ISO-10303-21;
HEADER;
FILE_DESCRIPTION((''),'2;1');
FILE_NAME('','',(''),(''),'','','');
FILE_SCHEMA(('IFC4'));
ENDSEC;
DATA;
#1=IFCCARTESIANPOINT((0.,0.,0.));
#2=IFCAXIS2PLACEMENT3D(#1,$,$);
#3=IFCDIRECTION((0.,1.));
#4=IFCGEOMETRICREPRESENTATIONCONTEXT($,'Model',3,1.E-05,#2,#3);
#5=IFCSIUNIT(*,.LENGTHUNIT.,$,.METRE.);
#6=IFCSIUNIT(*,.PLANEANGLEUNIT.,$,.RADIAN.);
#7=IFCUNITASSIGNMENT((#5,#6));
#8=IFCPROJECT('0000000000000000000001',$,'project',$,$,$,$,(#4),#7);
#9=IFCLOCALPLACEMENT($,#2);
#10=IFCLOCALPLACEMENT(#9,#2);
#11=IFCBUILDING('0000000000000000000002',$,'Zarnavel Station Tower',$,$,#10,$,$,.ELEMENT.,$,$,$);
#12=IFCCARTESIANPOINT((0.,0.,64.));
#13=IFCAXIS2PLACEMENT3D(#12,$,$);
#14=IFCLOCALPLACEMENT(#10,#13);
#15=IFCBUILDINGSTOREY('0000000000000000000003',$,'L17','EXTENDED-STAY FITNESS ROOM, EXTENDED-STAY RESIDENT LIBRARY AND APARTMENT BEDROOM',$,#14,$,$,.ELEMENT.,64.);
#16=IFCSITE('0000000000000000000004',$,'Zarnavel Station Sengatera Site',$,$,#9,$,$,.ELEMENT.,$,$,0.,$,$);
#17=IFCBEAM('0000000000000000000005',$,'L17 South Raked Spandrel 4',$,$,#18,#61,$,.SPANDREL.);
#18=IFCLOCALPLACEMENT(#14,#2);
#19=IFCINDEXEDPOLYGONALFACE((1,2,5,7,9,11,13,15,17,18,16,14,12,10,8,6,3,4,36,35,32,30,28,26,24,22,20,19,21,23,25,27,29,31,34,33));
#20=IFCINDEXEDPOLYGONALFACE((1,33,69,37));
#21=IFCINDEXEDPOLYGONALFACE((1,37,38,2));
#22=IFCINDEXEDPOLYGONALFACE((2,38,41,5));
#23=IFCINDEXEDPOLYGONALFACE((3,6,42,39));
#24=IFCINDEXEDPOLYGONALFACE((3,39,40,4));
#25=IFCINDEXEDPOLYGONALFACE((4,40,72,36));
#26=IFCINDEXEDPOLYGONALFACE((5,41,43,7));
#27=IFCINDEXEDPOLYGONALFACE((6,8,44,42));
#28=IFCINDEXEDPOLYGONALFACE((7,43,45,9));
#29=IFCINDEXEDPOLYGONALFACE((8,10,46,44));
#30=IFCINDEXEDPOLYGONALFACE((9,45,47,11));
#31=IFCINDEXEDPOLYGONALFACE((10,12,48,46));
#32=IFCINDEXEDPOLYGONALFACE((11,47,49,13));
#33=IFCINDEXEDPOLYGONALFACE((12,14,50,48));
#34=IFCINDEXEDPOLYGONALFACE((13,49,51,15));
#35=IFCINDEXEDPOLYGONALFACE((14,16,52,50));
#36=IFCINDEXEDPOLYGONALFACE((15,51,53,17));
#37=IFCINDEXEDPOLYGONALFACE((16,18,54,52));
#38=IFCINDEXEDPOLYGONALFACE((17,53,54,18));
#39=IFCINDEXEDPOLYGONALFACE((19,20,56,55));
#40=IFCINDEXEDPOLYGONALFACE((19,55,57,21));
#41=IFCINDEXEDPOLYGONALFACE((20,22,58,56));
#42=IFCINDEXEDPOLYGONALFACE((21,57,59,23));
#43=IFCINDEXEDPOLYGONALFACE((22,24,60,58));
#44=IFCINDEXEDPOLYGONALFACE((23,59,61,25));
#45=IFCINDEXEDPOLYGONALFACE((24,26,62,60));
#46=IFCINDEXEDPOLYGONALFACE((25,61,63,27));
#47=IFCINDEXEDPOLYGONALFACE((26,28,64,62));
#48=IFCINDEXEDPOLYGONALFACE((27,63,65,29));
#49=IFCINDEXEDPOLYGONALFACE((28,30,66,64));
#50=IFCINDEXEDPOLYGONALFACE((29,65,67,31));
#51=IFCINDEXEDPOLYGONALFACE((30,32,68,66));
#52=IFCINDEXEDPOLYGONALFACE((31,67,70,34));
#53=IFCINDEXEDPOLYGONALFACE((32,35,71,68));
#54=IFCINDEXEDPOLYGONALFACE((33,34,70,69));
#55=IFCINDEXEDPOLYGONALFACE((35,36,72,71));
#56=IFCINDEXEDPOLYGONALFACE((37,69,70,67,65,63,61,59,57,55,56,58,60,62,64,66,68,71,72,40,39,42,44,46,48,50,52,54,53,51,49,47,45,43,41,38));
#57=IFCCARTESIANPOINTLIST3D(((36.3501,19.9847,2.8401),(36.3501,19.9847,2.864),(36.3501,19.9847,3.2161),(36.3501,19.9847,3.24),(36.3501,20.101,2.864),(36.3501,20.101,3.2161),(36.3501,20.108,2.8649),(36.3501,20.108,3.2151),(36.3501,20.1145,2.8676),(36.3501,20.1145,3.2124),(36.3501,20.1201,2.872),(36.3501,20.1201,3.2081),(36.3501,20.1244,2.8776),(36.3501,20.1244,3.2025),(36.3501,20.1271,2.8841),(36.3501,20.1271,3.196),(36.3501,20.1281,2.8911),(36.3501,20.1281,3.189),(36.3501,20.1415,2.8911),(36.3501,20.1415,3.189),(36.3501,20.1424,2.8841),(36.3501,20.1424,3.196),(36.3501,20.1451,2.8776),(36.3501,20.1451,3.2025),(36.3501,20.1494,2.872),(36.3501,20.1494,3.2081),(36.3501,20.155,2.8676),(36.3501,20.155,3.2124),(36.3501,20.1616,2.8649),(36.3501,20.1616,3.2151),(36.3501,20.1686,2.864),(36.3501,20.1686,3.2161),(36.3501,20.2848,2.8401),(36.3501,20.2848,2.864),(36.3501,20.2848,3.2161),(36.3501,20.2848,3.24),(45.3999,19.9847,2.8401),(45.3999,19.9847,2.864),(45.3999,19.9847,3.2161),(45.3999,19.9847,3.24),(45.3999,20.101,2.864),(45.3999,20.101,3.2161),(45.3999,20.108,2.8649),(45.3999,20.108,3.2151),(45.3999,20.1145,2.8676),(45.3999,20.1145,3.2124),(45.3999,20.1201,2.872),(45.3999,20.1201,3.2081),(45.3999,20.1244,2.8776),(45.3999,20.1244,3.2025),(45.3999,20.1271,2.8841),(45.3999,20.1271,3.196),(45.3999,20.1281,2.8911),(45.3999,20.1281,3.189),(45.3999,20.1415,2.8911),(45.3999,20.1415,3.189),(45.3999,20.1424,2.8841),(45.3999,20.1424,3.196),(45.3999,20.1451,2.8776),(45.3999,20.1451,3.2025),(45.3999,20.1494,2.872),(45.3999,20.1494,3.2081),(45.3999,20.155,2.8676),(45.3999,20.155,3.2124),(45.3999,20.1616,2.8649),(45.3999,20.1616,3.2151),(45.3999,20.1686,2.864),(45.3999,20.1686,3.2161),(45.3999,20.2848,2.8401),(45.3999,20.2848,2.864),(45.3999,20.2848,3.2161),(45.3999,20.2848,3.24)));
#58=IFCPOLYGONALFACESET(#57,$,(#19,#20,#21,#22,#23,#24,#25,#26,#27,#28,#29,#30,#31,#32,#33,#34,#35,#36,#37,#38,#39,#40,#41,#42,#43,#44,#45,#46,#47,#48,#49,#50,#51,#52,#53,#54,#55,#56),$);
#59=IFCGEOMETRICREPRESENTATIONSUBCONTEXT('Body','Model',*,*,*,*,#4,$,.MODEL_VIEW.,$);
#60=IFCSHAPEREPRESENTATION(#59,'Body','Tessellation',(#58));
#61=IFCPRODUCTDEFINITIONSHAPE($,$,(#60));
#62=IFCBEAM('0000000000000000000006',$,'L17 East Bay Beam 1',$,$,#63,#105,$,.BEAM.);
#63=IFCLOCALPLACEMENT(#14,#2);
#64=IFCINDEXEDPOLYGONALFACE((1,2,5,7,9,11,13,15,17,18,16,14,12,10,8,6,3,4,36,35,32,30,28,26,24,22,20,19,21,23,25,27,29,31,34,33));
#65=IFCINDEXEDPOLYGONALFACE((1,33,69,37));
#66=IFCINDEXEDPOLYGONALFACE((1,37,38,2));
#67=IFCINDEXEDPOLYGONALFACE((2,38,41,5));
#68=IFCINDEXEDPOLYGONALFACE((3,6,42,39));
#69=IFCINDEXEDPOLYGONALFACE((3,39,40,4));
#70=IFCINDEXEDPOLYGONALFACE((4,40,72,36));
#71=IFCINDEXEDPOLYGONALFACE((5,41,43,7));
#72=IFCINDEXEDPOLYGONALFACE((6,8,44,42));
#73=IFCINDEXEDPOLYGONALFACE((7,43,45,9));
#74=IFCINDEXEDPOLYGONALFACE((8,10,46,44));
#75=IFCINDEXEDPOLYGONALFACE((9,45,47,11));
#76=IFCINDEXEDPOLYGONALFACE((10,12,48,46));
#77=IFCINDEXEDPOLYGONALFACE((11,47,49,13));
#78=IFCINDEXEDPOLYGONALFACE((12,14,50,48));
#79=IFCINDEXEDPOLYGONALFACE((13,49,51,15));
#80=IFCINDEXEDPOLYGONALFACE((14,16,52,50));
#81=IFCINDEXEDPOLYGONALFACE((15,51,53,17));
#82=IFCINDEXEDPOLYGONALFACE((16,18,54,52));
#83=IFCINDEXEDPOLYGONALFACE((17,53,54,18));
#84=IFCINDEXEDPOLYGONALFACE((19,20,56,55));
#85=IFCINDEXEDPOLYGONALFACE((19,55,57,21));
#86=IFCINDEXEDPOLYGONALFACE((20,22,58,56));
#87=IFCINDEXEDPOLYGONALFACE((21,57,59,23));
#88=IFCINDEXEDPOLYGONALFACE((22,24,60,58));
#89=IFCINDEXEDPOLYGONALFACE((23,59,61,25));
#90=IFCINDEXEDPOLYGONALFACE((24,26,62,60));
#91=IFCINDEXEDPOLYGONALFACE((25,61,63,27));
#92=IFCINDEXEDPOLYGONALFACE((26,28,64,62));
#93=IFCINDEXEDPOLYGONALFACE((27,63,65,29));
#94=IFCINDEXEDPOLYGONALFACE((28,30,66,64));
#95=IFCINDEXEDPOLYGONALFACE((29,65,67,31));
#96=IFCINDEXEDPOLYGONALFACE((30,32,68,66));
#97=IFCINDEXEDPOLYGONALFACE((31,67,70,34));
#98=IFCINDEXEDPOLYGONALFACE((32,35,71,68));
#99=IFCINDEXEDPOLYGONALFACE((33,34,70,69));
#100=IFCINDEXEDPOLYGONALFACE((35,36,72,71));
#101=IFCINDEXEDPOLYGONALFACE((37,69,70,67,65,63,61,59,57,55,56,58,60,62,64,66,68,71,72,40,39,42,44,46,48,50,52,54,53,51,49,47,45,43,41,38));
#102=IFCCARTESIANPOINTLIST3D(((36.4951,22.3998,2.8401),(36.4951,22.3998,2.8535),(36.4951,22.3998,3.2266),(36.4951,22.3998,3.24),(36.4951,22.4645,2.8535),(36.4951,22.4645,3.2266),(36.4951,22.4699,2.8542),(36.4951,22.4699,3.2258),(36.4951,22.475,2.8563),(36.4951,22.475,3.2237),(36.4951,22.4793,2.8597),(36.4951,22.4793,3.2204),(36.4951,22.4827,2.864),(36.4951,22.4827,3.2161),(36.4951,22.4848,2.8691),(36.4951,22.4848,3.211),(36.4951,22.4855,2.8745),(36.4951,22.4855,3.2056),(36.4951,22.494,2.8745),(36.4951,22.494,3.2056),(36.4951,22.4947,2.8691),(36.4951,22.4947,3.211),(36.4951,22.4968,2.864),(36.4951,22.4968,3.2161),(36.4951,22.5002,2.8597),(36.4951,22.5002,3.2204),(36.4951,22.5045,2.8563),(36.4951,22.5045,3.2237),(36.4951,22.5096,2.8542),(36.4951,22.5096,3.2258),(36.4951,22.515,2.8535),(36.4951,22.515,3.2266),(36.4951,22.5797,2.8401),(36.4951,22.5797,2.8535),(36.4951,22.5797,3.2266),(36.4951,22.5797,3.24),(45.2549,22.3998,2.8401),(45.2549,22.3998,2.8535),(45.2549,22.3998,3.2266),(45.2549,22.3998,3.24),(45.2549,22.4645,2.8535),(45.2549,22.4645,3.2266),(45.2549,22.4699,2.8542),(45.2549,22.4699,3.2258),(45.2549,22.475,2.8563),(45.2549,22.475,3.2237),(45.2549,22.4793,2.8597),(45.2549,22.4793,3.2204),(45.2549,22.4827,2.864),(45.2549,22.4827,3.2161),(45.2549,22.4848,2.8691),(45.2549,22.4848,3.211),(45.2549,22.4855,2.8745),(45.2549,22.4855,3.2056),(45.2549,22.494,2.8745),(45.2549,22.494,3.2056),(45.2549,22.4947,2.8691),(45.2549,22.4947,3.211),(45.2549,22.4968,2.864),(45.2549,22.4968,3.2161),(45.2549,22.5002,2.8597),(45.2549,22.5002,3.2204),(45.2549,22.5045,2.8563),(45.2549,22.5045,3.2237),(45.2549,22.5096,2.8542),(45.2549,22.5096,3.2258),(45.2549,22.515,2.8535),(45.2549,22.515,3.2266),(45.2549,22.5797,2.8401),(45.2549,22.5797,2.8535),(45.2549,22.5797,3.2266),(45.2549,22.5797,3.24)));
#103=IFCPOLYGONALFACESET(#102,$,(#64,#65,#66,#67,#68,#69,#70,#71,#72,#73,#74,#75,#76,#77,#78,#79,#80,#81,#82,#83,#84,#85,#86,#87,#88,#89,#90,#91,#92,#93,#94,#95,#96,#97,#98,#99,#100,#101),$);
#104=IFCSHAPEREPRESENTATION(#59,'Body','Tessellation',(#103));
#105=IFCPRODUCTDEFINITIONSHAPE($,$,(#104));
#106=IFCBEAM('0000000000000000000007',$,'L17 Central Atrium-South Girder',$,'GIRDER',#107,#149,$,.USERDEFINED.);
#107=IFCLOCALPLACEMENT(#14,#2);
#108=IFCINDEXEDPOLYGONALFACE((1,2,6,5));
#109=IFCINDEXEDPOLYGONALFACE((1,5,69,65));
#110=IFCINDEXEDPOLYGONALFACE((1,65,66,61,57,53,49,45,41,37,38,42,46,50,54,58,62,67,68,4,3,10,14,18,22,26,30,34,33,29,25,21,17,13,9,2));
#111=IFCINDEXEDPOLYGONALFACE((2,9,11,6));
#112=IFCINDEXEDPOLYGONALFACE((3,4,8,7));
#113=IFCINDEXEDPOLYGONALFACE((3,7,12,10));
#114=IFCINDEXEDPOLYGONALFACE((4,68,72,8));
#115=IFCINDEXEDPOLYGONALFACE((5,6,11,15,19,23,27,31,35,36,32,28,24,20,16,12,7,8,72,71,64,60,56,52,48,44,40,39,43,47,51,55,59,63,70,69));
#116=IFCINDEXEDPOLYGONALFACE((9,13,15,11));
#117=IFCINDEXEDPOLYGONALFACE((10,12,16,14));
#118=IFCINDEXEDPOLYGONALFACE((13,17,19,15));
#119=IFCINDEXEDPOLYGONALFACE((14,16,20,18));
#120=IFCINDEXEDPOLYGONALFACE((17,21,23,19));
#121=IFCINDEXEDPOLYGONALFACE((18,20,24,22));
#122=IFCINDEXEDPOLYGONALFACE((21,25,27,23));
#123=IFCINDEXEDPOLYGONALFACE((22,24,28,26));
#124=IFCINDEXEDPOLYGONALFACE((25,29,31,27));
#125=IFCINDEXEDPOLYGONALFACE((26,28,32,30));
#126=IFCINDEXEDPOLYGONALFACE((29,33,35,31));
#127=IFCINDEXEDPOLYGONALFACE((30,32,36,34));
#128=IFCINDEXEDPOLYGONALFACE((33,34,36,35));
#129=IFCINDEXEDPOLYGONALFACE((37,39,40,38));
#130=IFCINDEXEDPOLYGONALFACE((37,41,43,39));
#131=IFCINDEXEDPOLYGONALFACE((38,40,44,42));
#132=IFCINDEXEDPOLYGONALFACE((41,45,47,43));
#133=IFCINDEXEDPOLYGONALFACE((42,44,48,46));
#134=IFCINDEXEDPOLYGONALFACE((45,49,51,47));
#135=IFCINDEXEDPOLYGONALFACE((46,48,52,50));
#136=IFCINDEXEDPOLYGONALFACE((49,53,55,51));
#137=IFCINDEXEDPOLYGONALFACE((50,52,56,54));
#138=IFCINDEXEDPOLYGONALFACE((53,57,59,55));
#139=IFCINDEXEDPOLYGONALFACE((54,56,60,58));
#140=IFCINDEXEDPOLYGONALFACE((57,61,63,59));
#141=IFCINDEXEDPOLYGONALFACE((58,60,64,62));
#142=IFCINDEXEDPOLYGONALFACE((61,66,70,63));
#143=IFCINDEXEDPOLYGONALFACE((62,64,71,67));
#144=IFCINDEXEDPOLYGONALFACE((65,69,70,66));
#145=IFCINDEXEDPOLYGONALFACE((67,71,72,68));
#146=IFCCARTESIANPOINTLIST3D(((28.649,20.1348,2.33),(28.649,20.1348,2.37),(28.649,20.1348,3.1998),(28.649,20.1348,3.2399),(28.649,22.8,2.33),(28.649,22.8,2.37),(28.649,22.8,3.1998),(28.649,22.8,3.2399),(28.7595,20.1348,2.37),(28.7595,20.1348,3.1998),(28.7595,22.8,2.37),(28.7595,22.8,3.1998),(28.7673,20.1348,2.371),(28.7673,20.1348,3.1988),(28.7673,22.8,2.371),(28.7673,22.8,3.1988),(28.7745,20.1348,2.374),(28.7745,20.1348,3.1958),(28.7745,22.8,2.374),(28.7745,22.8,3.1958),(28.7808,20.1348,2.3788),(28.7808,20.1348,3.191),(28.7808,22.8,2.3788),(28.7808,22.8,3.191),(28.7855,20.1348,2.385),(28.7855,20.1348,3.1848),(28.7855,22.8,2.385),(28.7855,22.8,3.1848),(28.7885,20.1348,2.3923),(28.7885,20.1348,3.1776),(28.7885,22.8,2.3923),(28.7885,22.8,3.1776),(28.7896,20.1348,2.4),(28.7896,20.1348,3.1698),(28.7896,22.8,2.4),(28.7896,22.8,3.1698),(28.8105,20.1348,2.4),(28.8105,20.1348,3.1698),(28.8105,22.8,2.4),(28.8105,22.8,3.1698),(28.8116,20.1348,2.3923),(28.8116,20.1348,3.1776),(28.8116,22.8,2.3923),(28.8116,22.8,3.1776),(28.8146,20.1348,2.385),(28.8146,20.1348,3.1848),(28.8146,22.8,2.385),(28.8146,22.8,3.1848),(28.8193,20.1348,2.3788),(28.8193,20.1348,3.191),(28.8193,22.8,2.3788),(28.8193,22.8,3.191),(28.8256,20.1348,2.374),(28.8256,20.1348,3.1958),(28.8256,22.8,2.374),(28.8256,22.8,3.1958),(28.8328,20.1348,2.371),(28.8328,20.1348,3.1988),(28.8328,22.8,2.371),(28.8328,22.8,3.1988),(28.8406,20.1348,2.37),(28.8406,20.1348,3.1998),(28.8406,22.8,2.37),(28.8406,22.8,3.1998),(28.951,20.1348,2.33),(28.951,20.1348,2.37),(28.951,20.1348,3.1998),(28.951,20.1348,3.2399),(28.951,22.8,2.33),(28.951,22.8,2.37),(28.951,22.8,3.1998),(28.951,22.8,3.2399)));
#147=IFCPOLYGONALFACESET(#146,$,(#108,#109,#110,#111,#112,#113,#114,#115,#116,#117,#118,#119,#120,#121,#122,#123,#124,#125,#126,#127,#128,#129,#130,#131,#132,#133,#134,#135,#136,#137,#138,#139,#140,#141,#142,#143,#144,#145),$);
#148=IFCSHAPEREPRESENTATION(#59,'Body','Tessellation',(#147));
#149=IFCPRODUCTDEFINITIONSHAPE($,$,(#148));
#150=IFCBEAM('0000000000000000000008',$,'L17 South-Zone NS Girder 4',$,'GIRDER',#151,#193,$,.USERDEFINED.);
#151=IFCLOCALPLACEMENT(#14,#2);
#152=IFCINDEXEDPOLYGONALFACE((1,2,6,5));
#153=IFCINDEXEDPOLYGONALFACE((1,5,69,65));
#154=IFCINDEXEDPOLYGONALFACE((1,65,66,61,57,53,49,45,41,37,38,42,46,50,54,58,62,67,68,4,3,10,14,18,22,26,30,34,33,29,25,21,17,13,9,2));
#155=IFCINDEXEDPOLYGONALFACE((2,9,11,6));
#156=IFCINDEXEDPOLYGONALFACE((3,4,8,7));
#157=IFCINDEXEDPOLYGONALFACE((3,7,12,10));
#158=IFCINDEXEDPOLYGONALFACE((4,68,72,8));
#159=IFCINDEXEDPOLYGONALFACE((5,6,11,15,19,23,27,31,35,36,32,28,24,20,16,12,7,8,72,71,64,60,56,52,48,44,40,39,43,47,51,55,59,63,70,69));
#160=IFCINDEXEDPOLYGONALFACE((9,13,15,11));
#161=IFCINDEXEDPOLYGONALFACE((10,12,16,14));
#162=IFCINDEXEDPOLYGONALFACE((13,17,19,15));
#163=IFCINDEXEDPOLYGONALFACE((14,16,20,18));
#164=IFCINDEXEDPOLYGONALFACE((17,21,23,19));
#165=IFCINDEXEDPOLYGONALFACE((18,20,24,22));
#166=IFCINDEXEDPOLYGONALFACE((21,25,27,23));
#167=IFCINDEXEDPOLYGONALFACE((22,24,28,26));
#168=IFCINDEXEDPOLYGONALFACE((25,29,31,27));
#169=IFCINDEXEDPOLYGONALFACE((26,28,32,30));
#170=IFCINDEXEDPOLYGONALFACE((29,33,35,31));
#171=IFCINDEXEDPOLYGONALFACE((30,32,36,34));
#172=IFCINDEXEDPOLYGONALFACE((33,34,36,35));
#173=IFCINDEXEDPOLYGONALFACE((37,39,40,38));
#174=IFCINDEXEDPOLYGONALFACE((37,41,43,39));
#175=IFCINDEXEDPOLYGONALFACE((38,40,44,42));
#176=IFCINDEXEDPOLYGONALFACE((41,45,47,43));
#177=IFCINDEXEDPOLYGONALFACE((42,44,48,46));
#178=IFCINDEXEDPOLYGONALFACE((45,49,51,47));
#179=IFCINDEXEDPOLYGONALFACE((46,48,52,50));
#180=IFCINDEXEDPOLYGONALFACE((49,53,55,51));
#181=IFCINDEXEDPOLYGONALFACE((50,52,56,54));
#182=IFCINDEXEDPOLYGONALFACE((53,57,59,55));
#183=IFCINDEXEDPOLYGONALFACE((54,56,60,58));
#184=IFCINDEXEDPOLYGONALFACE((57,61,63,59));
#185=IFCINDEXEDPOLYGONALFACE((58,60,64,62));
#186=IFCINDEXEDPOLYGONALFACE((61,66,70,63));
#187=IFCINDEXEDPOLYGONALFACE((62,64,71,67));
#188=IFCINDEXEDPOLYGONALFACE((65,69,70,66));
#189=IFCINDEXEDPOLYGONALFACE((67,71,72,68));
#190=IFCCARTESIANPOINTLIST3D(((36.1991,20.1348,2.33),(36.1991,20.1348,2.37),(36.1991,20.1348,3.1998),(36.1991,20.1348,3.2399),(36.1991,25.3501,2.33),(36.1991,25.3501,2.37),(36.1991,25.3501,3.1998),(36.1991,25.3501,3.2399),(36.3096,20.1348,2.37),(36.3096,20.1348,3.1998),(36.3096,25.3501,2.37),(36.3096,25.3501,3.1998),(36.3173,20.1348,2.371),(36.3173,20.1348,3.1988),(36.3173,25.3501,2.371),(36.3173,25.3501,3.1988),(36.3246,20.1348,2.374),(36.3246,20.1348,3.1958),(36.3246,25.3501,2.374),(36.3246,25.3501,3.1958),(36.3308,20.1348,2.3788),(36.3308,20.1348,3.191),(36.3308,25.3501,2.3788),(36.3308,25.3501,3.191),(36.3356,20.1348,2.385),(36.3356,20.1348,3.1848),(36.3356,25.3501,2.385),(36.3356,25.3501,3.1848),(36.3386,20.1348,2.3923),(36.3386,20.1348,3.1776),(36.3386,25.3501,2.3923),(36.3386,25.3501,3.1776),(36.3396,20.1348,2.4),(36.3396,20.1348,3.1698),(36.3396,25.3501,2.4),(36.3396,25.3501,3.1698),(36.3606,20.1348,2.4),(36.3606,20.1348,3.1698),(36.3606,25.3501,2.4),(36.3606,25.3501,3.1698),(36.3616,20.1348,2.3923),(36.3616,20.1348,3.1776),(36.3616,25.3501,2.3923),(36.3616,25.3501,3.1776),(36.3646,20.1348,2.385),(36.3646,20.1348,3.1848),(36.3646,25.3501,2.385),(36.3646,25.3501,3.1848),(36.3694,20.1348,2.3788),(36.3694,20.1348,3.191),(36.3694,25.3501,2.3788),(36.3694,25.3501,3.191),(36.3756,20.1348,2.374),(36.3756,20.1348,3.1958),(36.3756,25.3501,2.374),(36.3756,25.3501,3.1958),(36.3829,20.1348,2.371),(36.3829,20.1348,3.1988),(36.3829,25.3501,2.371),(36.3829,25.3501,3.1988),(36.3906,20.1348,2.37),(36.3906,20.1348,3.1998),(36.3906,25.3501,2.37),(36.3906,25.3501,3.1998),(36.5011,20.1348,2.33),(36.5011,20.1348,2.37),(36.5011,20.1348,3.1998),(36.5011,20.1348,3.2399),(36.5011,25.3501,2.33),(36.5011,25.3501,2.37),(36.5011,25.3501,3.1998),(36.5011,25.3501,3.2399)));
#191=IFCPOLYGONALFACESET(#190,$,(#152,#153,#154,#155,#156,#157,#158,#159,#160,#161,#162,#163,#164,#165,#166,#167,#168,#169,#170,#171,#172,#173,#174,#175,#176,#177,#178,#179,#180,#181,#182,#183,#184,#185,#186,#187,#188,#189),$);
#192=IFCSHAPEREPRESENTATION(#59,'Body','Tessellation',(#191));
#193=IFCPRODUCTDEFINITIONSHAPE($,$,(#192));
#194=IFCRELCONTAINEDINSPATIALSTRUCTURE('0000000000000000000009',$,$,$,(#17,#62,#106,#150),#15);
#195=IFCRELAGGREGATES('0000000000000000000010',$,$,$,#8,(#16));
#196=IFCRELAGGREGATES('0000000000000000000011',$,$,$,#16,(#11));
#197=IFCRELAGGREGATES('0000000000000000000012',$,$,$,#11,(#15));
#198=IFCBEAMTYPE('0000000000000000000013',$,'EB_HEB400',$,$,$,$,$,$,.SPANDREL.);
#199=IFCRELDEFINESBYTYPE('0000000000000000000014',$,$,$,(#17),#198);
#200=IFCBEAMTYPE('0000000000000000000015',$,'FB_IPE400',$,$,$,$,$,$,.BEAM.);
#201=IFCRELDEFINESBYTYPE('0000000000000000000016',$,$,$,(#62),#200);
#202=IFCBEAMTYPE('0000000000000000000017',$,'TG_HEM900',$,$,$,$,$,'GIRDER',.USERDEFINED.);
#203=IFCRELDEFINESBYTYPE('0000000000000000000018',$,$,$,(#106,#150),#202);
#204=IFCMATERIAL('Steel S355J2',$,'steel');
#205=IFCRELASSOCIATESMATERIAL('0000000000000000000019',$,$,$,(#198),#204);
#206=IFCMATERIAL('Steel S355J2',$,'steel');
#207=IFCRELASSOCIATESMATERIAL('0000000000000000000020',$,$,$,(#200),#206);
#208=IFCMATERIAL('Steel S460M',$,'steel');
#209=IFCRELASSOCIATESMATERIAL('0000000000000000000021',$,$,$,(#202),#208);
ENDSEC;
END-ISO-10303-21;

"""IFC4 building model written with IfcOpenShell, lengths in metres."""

from ifc_helpers import new_model, si_unit, direction, frame, origin, origin_2d, place, context, subcontext, project, spatial, i_section, extrude, material, material_profile, profile_set, type_object, element, save


model = new_model("IFC4")

# Units and contexts
model_context = context("Model", 3, precision=1e-05, world=origin(), true_north=direction((0.0, 1.0)))
body_context = subcontext(model_context, "Body", "Model", "MODEL_VIEW")
ifc_project = project(units=[si_unit("LENGTHUNIT", "METRE"), si_unit("PLANEANGLEUNIT", "RADIAN")], contexts=[model_context])

# Site, building, storey
site_placement = place(None, origin())
site = spatial("IfcSite", under=ifc_project, at=site_placement, Name="Zarnavel Station Sengatera Site", CompositionType="ELEMENT", RefElevation=0.0)
building_placement = place(site_placement, origin())
building = spatial("IfcBuilding", under=site, at=building_placement, Name="Zarnavel Station Tower", CompositionType="ELEMENT")
storey_placement = place(building_placement, frame((0.0, 0.0, 64.0)))
storey = spatial("IfcBuildingStorey", under=building, at=storey_placement, Name="L17", Description="EXTENDED-STAY FITNESS ROOM, EXTENDED-STAY RESIDENT LIBRARY AND APARTMENT BEDROOM", CompositionType="ELEMENT", Elevation=64.0)

# Beams
ifc_material_1 = material(Name="Steel S355J2", Category="steel")
ifc_material_profile_1 = material_profile(ifc_material_1, i_section(OverallWidth=0.3, OverallDepth=0.3999, WebThickness=0.0134, FlangeThickness=0.0239, FilletRadius=0.0271, at=origin_2d()), Name="HEB400")
ifc_profile_set_1 = profile_set([ifc_material_profile_1], Name="Steel S355J2")
beam_type_1 = type_object("IfcBeamType", Name="EB_HEB400", PredefinedType="SPANDREL", material=ifc_profile_set_1)
beam_1_placement = place(storey_placement, frame((36.3501, 20.1348, 3.04), z_axis=(1.0, 0.0, 0.0), x_axis=(0.0, 1.0, 0.0)))
element("IfcBeam", 1, at=beam_1_placement, inside=storey, type_object=beam_type_1, Name="L17 South Raked Spandrel 4", PredefinedType="SPANDREL", context=body_context, shape_type="SweptSolid", body=[
    extrude(i_section(OverallWidth=0.3, OverallDepth=0.3999, WebThickness=0.0134, FlangeThickness=0.0239, FilletRadius=0.0271, at=origin_2d()), origin(), (0.0, 0.0, 1.0), 9.0498),
])
ifc_material_2 = material(Name="Steel S355J2", Category="steel")
ifc_material_profile_2 = material_profile(ifc_material_2, i_section(OverallWidth=0.1799, OverallDepth=0.3999, WebThickness=0.0085, FlangeThickness=0.0134, FilletRadius=0.021, at=origin_2d()), Name="IPE400")
ifc_profile_set_2 = profile_set([ifc_material_profile_2], Name="Steel S355J2")
beam_type_2 = type_object("IfcBeamType", Name="FB_IPE400", PredefinedType="BEAM", material=ifc_profile_set_2)
beam_2_placement = place(storey_placement, frame((36.4951, 22.4897, 3.04), z_axis=(1.0, 0.0, 0.0), x_axis=(0.0, 1.0, 0.0)))
element("IfcBeam", 2, at=beam_2_placement, inside=storey, type_object=beam_type_2, Name="L17 East Bay Beam 1", PredefinedType="BEAM", context=body_context, shape_type="SweptSolid", body=[
    extrude(i_section(OverallWidth=0.1799, OverallDepth=0.3999, WebThickness=0.0085, FlangeThickness=0.0134, FilletRadius=0.021, at=origin_2d()), origin(), (0.0, 0.0, 1.0), 8.7598),
])
ifc_material_3 = material(Name="Steel S460M", Category="steel")
ifc_material_profile_3 = material_profile(ifc_material_3, i_section(OverallWidth=0.302, OverallDepth=0.9099, WebThickness=0.021, FlangeThickness=0.04, FilletRadius=0.03, at=origin_2d()), Name="HEM900")
ifc_profile_set_3 = profile_set([ifc_material_profile_3], Name="Steel S460M")
beam_type_3 = type_object("IfcBeamType", Name="TG_HEM900", ElementType="GIRDER", PredefinedType="USERDEFINED", material=ifc_profile_set_3)
beam_3_placement = place(storey_placement, frame((28.8, 20.1348, 2.7849), z_axis=(0.0, 1.0, 0.0), x_axis=(-1.0, 0.0, 0.0)))
element("IfcBeam", 3, at=beam_3_placement, inside=storey, type_object=beam_type_3, Name="L17 Central Atrium-South Girder", ObjectType="GIRDER", PredefinedType="USERDEFINED", context=body_context, shape_type="SweptSolid", body=[
    extrude(i_section(OverallWidth=0.302, OverallDepth=0.9099, WebThickness=0.021, FlangeThickness=0.04, FilletRadius=0.03, at=origin_2d()), origin(), (0.0, 0.0, 1.0), 2.6653),
])
beam_4_placement = place(storey_placement, frame((36.3501, 20.1348, 2.7849), z_axis=(0.0, 1.0, 0.0), x_axis=(-1.0, 0.0, 0.0)))
element("IfcBeam", 4, at=beam_4_placement, inside=storey, type_object=beam_type_3, Name="L17 South-Zone NS Girder 4", ObjectType="GIRDER", PredefinedType="USERDEFINED", context=body_context, shape_type="SweptSolid", body=[
    extrude(i_section(OverallWidth=0.302, OverallDepth=0.9099, WebThickness=0.021, FlangeThickness=0.04, FilletRadius=0.03, at=origin_2d()), origin(), (0.0, 0.0, 1.0), 5.2153),
])

save(model, "model.ifc")
